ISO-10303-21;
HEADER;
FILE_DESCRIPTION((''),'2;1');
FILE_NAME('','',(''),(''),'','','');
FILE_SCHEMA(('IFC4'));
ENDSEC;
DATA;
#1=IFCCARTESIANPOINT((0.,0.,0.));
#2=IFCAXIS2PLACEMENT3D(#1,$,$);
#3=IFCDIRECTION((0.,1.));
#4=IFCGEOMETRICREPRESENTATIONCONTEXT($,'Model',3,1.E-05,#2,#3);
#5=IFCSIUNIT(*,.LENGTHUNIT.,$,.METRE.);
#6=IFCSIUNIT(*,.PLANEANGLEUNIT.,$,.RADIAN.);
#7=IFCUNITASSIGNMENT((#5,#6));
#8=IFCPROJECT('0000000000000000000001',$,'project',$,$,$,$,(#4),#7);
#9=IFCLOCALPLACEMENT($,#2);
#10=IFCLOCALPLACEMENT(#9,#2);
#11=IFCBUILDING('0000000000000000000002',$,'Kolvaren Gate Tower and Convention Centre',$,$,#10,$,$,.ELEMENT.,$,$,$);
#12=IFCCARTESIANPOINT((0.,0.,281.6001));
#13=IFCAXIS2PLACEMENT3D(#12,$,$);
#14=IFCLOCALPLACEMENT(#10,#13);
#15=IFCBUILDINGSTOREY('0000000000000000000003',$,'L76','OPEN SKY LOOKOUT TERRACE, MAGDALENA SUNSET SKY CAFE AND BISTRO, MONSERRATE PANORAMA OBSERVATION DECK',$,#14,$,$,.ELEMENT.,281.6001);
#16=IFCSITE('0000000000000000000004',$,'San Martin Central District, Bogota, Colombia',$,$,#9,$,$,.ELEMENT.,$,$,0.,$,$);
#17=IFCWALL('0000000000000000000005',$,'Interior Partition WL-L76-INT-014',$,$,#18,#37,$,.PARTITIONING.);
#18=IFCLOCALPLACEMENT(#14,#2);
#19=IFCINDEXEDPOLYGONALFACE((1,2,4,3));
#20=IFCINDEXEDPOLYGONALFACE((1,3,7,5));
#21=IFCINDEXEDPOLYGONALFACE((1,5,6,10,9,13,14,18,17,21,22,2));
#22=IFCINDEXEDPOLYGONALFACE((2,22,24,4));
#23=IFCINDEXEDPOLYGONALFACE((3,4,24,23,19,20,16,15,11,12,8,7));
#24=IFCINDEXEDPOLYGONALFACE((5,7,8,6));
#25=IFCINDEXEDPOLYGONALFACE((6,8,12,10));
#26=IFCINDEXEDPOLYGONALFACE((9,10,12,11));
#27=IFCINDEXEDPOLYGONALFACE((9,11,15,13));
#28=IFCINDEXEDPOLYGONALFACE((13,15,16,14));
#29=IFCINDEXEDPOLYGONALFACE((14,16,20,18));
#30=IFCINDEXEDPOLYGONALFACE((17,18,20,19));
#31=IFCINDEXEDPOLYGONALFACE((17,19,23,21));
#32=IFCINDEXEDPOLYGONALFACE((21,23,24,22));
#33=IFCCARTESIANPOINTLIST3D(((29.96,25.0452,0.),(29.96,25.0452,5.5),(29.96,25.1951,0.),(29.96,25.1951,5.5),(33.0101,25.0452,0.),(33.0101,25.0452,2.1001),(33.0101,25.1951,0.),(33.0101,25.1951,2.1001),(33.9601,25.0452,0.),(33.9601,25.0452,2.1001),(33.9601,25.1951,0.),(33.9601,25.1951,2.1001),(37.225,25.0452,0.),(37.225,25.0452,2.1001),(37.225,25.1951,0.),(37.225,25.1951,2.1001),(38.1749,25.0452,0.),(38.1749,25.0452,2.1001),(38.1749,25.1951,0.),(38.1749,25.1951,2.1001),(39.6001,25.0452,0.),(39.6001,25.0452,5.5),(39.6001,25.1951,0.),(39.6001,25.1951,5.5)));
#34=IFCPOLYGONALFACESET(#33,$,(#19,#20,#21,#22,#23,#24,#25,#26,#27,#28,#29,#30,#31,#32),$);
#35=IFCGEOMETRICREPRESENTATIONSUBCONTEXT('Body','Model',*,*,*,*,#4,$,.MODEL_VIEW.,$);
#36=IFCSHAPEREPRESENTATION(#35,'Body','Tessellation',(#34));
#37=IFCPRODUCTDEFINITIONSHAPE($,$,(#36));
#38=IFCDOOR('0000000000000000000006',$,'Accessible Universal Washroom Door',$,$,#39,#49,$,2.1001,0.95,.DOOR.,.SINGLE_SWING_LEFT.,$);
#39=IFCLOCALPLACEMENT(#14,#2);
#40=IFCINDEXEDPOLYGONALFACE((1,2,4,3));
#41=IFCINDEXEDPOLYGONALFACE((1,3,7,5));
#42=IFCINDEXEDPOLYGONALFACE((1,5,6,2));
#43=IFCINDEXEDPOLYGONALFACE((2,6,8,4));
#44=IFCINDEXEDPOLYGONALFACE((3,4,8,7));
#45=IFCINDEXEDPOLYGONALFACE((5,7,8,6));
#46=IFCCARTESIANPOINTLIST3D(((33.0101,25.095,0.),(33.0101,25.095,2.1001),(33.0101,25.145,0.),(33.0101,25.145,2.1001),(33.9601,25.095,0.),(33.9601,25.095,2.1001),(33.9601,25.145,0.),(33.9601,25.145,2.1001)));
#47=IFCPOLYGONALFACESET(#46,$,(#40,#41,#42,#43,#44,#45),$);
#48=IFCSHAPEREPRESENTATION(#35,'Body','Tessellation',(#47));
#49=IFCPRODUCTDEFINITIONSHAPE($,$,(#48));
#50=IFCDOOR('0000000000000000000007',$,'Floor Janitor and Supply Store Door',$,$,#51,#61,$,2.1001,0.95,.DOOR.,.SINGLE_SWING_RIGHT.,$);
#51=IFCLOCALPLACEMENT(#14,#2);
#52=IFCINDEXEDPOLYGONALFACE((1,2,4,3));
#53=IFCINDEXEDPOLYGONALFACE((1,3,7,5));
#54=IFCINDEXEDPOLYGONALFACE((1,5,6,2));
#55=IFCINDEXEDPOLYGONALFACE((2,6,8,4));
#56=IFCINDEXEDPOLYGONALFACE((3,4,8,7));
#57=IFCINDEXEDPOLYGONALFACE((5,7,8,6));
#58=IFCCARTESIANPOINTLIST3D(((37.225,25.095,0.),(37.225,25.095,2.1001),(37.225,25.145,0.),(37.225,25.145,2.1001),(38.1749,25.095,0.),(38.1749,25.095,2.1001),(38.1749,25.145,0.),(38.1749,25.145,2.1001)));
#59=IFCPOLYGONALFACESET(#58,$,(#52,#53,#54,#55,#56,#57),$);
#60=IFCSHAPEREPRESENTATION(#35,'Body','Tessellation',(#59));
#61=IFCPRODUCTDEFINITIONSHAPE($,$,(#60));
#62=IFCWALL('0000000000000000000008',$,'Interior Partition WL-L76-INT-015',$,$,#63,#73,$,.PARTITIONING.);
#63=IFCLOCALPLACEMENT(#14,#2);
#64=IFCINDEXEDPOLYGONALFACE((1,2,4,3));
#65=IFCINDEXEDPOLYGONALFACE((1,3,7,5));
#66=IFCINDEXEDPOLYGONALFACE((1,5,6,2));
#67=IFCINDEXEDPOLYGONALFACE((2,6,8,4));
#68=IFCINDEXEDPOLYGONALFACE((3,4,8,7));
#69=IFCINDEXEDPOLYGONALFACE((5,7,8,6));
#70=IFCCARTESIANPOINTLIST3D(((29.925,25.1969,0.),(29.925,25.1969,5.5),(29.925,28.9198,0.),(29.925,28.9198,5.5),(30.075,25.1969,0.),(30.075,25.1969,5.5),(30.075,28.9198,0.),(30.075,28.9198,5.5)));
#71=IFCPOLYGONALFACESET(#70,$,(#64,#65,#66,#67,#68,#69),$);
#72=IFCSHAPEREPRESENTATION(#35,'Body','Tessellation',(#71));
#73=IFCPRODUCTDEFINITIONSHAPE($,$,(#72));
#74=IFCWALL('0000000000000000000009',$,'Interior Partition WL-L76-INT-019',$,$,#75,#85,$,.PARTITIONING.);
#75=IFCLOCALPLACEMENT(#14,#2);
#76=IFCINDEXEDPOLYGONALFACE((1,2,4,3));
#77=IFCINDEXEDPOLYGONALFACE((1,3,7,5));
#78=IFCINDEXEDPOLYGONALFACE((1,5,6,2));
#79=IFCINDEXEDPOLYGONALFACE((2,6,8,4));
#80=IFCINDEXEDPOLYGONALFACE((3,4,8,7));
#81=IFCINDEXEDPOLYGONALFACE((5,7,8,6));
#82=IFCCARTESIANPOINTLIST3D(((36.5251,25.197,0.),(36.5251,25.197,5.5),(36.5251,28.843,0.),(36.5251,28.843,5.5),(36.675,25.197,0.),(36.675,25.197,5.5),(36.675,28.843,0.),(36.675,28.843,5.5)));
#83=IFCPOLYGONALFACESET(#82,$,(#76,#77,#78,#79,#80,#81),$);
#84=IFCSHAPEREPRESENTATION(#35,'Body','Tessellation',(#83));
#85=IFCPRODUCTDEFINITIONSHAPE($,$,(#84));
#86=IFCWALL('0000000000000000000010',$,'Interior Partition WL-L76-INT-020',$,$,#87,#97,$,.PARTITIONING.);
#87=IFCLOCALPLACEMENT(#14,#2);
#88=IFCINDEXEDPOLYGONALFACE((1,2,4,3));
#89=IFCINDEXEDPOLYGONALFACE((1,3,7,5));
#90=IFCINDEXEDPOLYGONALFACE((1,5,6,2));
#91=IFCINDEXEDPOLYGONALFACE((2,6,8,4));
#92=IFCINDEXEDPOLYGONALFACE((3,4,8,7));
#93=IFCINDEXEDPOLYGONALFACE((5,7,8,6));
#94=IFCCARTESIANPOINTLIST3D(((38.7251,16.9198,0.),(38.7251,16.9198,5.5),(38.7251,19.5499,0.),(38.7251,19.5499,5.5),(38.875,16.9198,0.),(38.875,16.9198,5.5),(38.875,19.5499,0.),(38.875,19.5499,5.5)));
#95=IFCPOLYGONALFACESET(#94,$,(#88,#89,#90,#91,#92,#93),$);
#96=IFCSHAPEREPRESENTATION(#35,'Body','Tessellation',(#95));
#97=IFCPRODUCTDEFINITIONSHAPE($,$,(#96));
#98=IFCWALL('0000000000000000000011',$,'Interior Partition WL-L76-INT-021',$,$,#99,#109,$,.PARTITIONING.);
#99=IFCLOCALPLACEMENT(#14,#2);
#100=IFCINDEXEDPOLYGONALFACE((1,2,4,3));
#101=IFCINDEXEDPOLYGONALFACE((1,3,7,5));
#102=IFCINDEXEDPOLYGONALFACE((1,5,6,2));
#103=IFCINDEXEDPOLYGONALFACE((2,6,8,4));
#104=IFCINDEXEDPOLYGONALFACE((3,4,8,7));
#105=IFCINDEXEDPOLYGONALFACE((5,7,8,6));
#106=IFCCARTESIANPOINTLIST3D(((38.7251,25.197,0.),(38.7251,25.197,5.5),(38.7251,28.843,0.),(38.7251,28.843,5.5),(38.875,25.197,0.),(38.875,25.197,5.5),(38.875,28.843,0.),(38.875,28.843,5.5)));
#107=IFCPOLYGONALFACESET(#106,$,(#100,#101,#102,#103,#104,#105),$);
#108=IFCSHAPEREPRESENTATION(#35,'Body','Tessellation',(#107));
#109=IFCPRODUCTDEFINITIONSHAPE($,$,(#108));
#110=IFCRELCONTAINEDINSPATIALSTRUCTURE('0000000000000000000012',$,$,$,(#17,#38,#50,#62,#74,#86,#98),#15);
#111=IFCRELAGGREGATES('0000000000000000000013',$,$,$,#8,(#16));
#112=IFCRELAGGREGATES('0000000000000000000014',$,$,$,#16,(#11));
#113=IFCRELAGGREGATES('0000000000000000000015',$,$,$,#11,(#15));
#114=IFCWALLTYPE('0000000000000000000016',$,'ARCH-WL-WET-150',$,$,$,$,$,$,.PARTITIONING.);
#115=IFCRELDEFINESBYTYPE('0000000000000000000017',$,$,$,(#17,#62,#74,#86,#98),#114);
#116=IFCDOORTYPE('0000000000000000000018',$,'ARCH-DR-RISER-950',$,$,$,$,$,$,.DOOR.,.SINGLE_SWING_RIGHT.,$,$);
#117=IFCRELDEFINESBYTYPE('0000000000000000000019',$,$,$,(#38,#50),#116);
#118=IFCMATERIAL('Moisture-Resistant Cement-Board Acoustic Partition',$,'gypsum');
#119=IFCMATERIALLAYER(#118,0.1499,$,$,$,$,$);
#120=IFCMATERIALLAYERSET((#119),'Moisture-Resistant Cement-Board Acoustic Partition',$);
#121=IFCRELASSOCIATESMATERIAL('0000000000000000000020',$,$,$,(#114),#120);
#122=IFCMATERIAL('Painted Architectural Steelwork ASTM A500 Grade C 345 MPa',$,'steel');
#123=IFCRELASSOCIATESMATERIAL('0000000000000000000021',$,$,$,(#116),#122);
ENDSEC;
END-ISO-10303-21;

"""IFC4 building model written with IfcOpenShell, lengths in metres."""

from ifc_helpers import new_model, si_unit, direction, frame, frame_2d, origin, place, context, subcontext, project, spatial, rectangle, extrude, material, layer, layer_set, type_object, element, fill, save


model = new_model("IFC4")

# Units and contexts
model_context = context("Model", 3, precision=1e-05, world=origin(), true_north=direction((0.0, 1.0)))
body_context = subcontext(model_context, "Body", "Model", "MODEL_VIEW")
ifc_project = project(units=[si_unit("LENGTHUNIT", "METRE"), si_unit("PLANEANGLEUNIT", "RADIAN")], contexts=[model_context])

# Site, building, storey
site_placement = place(None, origin())
site = spatial("IfcSite", under=ifc_project, at=site_placement, Name="San Martin Central District, Bogota, Colombia", CompositionType="ELEMENT", RefElevation=0.0)
building_placement = place(site_placement, origin())
building = spatial("IfcBuilding", under=site, at=building_placement, Name="Kolvaren Gate Tower and Convention Centre", CompositionType="ELEMENT")
storey_placement = place(building_placement, frame((0.0, 0.0, 281.6001)))
storey = spatial("IfcBuildingStorey", under=building, at=storey_placement, Name="L76", Description="OPEN SKY LOOKOUT TERRACE, MAGDALENA SUNSET SKY CAFE AND BISTRO, MONSERRATE PANORAMA OBSERVATION DECK", CompositionType="ELEMENT", Elevation=281.6001)

# Wall, openings, doors
ifc_material_1 = material(Name="Moisture-Resistant Cement-Board Acoustic Partition", Category="gypsum")
ifc_layer_1 = layer(ifc_material_1, 0.1499)
ifc_layer_set_1 = layer_set([ifc_layer_1], Name="Moisture-Resistant Cement-Board Acoustic Partition")
wall_type_1 = type_object("IfcWallType", Name="ARCH-WL-WET-150", PredefinedType="PARTITIONING", material=ifc_layer_set_1)
wall_1_placement = place(storey_placement, frame((29.96, 25.1201, 0.0), z_axis=(0.0, 0.0, 1.0), x_axis=(1.0, 0.0, 0.0)))
wall_1 = element("IfcWall", 1, at=wall_1_placement, inside=storey, type_object=wall_type_1, Name="Interior Partition WL-L76-INT-014", PredefinedType="PARTITIONING", context=body_context, shape_type="SweptSolid", body=[
    extrude(rectangle(XDim=9.6401, YDim=0.1499, at=frame_2d((4.8201, 0.0))), origin(), (0.0, 0.0, 1.0), 5.5),
])
opening_1_placement = place(wall_1_placement, frame((3.05, 0.0, 0.0)))
opening_1 = element("IfcOpeningElement", 2, at=opening_1_placement, cuts=wall_1, PredefinedType="OPENING", context=body_context, shape_type="SweptSolid", body=[
    extrude(rectangle(XDim=0.95, YDim=2.1001, at=frame_2d((0.4751, 1.05))), frame((0.0, 0.085, 0.0), z_axis=(0.0, -1.0, 0.0), x_axis=(1.0, 0.0, 0.0)), (0.0, 0.0, 1.0), 0.1699),
])
opening_2_placement = place(wall_1_placement, frame((7.2649, 0.0, 0.0)))
opening_2 = element("IfcOpeningElement", 3, at=opening_2_placement, cuts=wall_1, PredefinedType="OPENING", context=body_context, shape_type="SweptSolid", body=[
    extrude(rectangle(XDim=0.95, YDim=2.1001, at=frame_2d((0.4751, 1.05))), frame((0.0, 0.085, 0.0), z_axis=(0.0, -1.0, 0.0), x_axis=(1.0, 0.0, 0.0)), (0.0, 0.0, 1.0), 0.1699),
])
ifc_material_2 = material(Name="Painted Architectural Steelwork ASTM A500 Grade C 345 MPa", Category="steel")
door_type_1 = type_object("IfcDoorType", Name="ARCH-DR-RISER-950", OperationType="SINGLE_SWING_RIGHT", PredefinedType="DOOR", material=ifc_material_2)
door_1_placement = place(opening_1_placement, origin())
door_1 = element("IfcDoor", 4, at=door_1_placement, inside=storey, type_object=door_type_1, Name="Accessible Universal Washroom Door", OperationType="SINGLE_SWING_LEFT", OverallHeight=2.1001, OverallWidth=0.95, PredefinedType="DOOR", context=body_context, shape_type="SweptSolid", body=[
    extrude(rectangle(XDim=0.95, YDim=2.1001, at=frame_2d((0.4751, 1.05))), frame((0.0, 0.0249, 0.0), z_axis=(0.0, -1.0, 0.0), x_axis=(1.0, 0.0, 0.0)), (0.0, 0.0, 1.0), 0.05),
])
fill(opening_1, door_1)
door_2_placement = place(opening_2_placement, origin())
door_2 = element("IfcDoor", 5, at=door_2_placement, inside=storey, type_object=door_type_1, Name="Floor Janitor and Supply Store Door", OperationType="SINGLE_SWING_RIGHT", OverallHeight=2.1001, OverallWidth=0.95, PredefinedType="DOOR", context=body_context, shape_type="SweptSolid", body=[
    extrude(rectangle(XDim=0.95, YDim=2.1001, at=frame_2d((0.4751, 1.05))), frame((0.0, 0.0249, 0.0), z_axis=(0.0, -1.0, 0.0), x_axis=(1.0, 0.0, 0.0)), (0.0, 0.0, 1.0), 0.05),
])
fill(opening_2, door_2)

# Walls
wall_2_placement = place(storey_placement, frame((30.0, 25.197, 0.0), z_axis=(0.0, 0.0, 1.0), x_axis=(0.0, 1.0, 0.0)))
element("IfcWall", 6, at=wall_2_placement, inside=storey, type_object=wall_type_1, Name="Interior Partition WL-L76-INT-015", PredefinedType="PARTITIONING", context=body_context, shape_type="SweptSolid", body=[
    extrude(rectangle(XDim=3.7229, YDim=0.1499, at=frame_2d((1.8613, 0.0))), origin(), (0.0, 0.0, 1.0), 5.5),
])
wall_3_placement = place(storey_placement, frame((36.6001, 25.197, 0.0), z_axis=(0.0, 0.0, 1.0), x_axis=(0.0, 1.0, 0.0)))
element("IfcWall", 7, at=wall_3_placement, inside=storey, type_object=wall_type_1, Name="Interior Partition WL-L76-INT-019", PredefinedType="PARTITIONING", context=body_context, shape_type="SweptSolid", body=[
    extrude(rectangle(XDim=3.646, YDim=0.1499, at=frame_2d((1.823, 0.0))), origin(), (0.0, 0.0, 1.0), 5.5),
])
wall_4_placement = place(storey_placement, frame((38.8, 16.9199, 0.0), z_axis=(0.0, 0.0, 1.0), x_axis=(0.0, 1.0, 0.0)))
element("IfcWall", 8, at=wall_4_placement, inside=storey, type_object=wall_type_1, Name="Interior Partition WL-L76-INT-020", PredefinedType="PARTITIONING", context=body_context, shape_type="SweptSolid", body=[
    extrude(rectangle(XDim=2.6301, YDim=0.1499, at=frame_2d((1.3149, 0.0))), origin(), (0.0, 0.0, 1.0), 5.5),
])
wall_5_placement = place(storey_placement, frame((38.8, 25.197, 0.0), z_axis=(0.0, 0.0, 1.0), x_axis=(0.0, 1.0, 0.0)))
element("IfcWall", 9, at=wall_5_placement, inside=storey, type_object=wall_type_1, Name="Interior Partition WL-L76-INT-021", PredefinedType="PARTITIONING", context=body_context, shape_type="SweptSolid", body=[
    extrude(rectangle(XDim=3.646, YDim=0.1499, at=frame_2d((1.823, 0.0))), origin(), (0.0, 0.0, 1.0), 5.5),
])

save(model, "model.ifc")
